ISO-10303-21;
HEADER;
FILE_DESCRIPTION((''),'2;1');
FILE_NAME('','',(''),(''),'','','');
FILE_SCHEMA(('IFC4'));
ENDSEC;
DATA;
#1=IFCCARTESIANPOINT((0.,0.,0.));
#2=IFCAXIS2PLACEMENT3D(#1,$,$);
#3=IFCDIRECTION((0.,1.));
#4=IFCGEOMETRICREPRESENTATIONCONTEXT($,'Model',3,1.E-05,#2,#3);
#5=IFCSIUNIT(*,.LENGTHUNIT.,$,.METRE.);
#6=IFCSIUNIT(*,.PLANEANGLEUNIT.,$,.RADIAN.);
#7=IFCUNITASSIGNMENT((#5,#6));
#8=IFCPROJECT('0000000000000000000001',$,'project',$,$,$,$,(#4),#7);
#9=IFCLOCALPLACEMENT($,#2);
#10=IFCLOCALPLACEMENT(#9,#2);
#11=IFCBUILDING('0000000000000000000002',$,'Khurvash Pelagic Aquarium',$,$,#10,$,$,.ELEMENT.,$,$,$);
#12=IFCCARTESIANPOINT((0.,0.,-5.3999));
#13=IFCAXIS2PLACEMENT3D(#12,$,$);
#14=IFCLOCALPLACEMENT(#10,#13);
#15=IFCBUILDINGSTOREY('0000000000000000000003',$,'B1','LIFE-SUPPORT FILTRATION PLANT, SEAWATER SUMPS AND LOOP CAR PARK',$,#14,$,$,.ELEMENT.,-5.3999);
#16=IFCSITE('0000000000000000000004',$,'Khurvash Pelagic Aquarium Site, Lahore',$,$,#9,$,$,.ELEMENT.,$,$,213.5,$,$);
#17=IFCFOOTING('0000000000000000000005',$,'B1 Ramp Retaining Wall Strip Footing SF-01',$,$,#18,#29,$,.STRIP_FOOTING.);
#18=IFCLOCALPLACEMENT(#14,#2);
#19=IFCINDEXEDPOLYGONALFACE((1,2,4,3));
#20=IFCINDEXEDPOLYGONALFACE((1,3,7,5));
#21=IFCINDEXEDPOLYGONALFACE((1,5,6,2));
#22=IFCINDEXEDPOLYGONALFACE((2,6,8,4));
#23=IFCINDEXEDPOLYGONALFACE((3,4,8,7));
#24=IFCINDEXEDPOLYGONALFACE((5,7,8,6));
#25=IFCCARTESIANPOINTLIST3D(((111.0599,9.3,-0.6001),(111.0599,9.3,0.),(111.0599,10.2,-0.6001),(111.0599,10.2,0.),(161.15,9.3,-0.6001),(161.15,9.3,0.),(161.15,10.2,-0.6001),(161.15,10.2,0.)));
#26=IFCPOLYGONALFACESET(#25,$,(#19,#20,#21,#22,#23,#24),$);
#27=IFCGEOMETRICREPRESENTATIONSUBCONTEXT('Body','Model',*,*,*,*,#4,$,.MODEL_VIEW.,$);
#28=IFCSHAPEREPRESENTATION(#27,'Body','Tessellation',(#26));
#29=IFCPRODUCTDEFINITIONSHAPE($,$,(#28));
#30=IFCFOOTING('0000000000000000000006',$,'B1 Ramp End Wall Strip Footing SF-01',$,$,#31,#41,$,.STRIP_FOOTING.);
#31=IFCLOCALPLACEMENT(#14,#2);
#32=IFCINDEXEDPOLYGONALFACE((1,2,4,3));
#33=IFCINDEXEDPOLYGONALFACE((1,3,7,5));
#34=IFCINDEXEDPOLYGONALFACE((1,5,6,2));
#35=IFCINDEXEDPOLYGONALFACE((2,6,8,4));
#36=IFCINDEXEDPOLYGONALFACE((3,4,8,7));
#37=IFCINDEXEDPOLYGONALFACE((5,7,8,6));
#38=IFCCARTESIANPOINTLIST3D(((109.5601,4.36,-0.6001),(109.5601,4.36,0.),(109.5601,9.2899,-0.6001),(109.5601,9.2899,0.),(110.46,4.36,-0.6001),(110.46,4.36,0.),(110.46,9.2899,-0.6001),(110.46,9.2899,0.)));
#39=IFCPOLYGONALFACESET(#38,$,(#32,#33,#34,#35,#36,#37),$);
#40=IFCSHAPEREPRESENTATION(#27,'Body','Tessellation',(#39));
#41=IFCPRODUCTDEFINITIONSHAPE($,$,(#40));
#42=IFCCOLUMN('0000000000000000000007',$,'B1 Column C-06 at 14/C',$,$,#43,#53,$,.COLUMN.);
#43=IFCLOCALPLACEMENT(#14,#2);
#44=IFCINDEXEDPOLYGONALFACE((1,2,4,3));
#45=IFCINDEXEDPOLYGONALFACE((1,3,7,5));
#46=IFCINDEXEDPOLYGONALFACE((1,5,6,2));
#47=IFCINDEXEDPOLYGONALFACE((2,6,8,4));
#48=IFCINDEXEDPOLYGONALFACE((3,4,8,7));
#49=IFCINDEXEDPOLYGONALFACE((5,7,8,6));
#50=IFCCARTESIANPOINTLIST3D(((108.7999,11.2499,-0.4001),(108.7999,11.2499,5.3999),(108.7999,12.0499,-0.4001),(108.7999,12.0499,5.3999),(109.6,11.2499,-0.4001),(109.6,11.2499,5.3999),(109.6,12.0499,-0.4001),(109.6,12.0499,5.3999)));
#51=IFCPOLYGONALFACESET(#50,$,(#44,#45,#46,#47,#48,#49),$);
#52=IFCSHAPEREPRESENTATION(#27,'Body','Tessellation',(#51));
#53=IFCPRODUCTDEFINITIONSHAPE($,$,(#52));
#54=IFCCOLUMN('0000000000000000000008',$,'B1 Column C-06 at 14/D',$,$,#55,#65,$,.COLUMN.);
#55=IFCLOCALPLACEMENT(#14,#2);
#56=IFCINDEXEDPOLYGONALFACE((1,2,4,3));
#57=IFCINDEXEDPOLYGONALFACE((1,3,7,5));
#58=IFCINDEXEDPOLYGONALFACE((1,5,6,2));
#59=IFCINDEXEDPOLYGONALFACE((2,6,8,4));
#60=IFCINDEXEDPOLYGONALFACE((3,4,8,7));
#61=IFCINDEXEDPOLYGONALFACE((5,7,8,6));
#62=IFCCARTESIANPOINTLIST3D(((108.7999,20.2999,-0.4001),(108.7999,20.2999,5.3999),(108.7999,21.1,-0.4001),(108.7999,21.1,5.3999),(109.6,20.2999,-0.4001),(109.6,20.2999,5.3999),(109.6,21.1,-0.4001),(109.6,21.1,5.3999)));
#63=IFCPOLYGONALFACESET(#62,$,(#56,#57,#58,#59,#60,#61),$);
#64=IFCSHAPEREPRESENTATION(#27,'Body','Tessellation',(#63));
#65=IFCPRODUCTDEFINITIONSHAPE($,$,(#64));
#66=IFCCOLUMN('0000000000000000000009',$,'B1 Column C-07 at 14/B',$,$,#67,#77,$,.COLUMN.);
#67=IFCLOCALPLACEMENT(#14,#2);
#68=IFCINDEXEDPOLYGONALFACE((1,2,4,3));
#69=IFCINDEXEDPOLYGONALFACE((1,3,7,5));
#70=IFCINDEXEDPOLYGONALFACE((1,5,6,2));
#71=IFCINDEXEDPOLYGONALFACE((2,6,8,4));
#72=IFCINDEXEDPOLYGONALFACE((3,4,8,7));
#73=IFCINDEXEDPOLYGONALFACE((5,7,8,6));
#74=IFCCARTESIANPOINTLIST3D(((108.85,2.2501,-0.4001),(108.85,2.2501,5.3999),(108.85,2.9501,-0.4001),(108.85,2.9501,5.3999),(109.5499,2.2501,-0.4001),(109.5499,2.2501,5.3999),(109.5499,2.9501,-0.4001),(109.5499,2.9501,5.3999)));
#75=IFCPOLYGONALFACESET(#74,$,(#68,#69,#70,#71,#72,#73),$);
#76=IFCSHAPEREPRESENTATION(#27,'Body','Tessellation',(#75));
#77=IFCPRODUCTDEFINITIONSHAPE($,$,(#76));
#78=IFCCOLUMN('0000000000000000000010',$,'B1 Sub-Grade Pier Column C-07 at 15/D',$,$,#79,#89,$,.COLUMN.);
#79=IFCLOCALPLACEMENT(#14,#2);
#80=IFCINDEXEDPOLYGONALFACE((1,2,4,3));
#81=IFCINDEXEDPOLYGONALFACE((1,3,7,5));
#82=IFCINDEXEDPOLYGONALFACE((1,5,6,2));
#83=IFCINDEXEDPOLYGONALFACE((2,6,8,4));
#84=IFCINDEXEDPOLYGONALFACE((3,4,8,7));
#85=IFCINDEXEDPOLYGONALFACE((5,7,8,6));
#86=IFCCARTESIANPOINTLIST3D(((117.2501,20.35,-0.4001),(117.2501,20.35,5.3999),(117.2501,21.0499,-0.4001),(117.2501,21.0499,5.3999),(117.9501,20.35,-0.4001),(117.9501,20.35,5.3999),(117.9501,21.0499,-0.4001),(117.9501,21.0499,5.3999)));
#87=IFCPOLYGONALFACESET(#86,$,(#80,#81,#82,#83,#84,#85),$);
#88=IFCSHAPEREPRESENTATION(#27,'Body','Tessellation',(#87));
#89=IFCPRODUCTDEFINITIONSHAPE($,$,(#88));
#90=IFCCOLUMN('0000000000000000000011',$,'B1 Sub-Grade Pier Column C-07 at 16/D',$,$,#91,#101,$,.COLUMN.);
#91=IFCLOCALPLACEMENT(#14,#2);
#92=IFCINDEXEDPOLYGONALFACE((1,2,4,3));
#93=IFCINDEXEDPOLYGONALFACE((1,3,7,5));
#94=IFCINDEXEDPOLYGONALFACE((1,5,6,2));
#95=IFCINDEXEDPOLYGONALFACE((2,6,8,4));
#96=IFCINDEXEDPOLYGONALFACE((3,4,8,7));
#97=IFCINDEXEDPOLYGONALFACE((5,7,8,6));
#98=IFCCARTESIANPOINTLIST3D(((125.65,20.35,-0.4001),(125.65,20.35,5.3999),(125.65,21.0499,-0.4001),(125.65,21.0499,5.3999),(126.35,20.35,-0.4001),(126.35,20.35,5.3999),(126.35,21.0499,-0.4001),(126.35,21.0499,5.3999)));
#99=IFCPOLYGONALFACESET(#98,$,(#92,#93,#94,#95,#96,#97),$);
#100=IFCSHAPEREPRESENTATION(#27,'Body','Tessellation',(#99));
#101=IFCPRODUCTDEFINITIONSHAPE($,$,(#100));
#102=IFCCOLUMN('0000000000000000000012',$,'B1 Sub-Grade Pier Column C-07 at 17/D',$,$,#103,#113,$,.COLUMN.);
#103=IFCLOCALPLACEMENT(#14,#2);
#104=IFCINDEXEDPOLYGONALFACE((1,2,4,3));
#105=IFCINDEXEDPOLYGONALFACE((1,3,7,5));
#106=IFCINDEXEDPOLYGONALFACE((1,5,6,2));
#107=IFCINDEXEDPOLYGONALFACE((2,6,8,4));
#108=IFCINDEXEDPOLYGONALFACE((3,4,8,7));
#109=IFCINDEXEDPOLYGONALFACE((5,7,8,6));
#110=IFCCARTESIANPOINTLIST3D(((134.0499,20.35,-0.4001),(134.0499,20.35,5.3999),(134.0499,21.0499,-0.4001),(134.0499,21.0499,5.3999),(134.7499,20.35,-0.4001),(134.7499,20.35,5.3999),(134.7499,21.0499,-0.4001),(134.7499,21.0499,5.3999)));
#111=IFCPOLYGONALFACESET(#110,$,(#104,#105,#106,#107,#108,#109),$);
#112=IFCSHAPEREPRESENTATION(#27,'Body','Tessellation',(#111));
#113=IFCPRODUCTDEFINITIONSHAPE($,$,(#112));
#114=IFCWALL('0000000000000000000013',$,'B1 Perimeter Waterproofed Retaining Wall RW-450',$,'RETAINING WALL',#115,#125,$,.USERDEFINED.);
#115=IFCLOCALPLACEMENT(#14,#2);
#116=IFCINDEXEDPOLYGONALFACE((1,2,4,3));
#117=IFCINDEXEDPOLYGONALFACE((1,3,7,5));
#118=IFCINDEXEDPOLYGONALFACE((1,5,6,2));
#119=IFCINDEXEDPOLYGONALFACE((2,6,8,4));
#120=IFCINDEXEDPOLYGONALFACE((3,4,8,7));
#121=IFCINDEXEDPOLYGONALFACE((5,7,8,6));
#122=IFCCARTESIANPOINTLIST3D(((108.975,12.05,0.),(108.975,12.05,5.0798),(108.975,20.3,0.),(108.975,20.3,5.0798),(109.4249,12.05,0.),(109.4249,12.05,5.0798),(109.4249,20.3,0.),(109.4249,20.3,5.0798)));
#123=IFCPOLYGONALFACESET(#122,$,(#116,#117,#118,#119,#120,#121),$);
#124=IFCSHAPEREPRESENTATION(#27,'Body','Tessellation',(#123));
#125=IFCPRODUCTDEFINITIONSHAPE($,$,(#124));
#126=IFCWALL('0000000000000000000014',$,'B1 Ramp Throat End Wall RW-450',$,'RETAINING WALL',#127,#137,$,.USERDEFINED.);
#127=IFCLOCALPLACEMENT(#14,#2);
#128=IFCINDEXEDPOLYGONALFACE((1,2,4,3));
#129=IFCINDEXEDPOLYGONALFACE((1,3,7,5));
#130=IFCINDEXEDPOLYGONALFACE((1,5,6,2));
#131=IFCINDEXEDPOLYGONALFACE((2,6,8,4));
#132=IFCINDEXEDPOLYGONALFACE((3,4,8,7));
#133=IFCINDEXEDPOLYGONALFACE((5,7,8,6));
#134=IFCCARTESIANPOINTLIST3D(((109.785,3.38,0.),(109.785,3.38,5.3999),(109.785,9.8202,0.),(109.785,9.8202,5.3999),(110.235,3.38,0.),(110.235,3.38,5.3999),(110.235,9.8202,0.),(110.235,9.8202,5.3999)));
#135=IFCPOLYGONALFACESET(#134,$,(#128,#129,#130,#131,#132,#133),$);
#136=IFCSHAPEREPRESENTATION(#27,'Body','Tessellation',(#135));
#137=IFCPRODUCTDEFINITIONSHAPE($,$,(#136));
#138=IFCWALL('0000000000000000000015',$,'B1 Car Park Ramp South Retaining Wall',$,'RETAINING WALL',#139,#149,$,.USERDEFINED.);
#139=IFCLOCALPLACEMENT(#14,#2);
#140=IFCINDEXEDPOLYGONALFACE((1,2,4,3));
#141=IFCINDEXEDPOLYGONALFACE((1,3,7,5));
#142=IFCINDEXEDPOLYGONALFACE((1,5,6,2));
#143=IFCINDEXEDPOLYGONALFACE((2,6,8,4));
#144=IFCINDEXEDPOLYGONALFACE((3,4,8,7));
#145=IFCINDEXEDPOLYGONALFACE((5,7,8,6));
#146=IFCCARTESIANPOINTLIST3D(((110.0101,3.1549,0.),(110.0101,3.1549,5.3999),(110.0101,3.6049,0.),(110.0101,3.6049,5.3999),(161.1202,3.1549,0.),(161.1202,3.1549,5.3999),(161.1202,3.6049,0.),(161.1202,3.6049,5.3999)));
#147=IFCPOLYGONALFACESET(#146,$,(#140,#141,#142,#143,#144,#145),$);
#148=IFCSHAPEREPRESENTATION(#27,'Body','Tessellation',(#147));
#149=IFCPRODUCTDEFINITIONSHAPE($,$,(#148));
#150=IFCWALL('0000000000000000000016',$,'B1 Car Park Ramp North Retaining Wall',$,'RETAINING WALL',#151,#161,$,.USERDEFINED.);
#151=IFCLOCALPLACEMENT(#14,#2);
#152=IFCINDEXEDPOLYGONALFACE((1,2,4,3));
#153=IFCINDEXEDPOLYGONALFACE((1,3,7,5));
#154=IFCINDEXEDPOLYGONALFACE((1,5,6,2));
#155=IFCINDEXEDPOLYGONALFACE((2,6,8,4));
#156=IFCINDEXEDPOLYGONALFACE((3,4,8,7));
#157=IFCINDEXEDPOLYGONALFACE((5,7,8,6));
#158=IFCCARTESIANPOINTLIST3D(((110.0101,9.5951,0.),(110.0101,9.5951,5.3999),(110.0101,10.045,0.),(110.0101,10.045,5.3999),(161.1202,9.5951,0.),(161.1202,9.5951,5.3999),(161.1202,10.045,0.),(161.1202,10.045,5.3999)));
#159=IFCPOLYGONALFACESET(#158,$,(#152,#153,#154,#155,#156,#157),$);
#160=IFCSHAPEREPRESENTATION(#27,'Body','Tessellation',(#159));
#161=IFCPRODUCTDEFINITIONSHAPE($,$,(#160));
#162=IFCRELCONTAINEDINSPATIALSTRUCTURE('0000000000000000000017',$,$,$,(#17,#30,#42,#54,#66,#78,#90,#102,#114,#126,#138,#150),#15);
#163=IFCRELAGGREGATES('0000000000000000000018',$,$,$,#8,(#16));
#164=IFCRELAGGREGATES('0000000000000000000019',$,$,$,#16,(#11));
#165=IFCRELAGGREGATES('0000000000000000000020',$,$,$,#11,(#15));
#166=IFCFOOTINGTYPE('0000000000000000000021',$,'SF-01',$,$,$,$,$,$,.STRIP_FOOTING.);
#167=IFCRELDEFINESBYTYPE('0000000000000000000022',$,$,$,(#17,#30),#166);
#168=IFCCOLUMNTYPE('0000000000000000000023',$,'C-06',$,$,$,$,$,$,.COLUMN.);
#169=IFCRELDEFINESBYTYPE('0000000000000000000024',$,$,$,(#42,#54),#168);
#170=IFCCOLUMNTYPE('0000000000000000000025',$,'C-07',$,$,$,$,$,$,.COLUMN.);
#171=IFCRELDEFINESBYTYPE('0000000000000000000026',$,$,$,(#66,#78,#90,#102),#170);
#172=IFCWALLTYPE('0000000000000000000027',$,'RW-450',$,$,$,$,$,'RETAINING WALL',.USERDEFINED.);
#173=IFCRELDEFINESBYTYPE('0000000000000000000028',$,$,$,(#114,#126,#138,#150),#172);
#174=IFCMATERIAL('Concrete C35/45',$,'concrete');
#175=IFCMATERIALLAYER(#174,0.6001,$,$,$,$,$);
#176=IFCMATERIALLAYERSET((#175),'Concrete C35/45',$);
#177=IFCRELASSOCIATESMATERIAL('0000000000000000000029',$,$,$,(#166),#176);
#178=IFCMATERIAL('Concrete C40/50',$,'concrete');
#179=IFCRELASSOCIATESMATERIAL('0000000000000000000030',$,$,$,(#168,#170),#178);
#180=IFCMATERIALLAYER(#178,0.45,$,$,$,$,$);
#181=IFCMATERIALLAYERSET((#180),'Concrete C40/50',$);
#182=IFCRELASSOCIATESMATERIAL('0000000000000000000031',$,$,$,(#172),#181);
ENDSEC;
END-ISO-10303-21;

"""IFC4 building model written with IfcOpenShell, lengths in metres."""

from ifc_helpers import new_model, si_unit, direction, frame, frame_2d, origin, origin_2d, place, context, subcontext, project, spatial, rectangle, extrude, material, layer, layer_set, material_profile, profile_set, type_object, element, save


model = new_model("IFC4")

# Units and contexts
model_context = context("Model", 3, precision=1e-05, world=origin(), true_north=direction((0.0, 1.0)))
body_context = subcontext(model_context, "Body", "Model", "MODEL_VIEW")
ifc_project = project(units=[si_unit("LENGTHUNIT", "METRE"), si_unit("PLANEANGLEUNIT", "RADIAN")], contexts=[model_context])

# Site, building, storey
site_placement = place(None, origin())
site = spatial("IfcSite", under=ifc_project, at=site_placement, Name="Khurvash Pelagic Aquarium Site, Lahore", CompositionType="ELEMENT", RefElevation=213.5)
building_placement = place(site_placement, origin())
building = spatial("IfcBuilding", under=site, at=building_placement, Name="Khurvash Pelagic Aquarium", CompositionType="ELEMENT")
storey_placement = place(building_placement, frame((0.0, 0.0, -5.3999)))
storey = spatial("IfcBuildingStorey", under=building, at=storey_placement, Name="B1", Description="LIFE-SUPPORT FILTRATION PLANT, SEAWATER SUMPS AND LOOP CAR PARK", CompositionType="ELEMENT", Elevation=-5.3999)

# Shared definitions
ifc_material_1 = material(Name="Concrete C35/45", Category="concrete")

# Footings
ifc_layer_1 = layer(ifc_material_1, 0.6001)
ifc_layer_set_1 = layer_set([ifc_layer_1], Name="Concrete C35/45")
footing_type_1 = type_object("IfcFootingType", Name="SF-01", PredefinedType="STRIP_FOOTING", material=ifc_layer_set_1)
footing_1_placement = place(storey_placement, frame((136.105, 9.75, -0.6001), z_axis=(0.0, 0.0, 1.0), x_axis=(1.0, 0.0, 0.0)))
element("IfcFooting", 1, at=footing_1_placement, inside=storey, type_object=footing_type_1, Name="B1 Ramp Retaining Wall Strip Footing SF-01", PredefinedType="STRIP_FOOTING", context=body_context, shape_type="SweptSolid", body=[
    extrude(rectangle(XDim=50.0901, YDim=0.8999, at=origin_2d()), origin(), (0.0, 0.0, 1.0), 0.6001),
])
footing_2_placement = place(storey_placement, frame((110.01, 6.825, -0.6001), z_axis=(0.0, 0.0, 1.0), x_axis=(0.0, 1.0, 0.0)))
element("IfcFooting", 2, at=footing_2_placement, inside=storey, type_object=footing_type_1, Name="B1 Ramp End Wall Strip Footing SF-01", PredefinedType="STRIP_FOOTING", context=body_context, shape_type="SweptSolid", body=[
    extrude(rectangle(XDim=4.9299, YDim=0.8999, at=origin_2d()), origin(), (0.0, 0.0, 1.0), 0.6001),
])

# Columns
ifc_material_2 = material(Name="Concrete C40/50", Category="concrete")
ifc_material_profile_1 = material_profile(ifc_material_2, rectangle(XDim=0.8, YDim=0.8, at=origin_2d()), Name="RC800X800")
ifc_profile_set_1 = profile_set([ifc_material_profile_1], Name="Concrete C40/50")
column_type_1 = type_object("IfcColumnType", Name="C-06", PredefinedType="COLUMN", material=ifc_profile_set_1)
for number, where, z_axis, x_axis, name in (
    (3, (109.2, 11.6499, -0.4001), (0.0, 0.0, 1.0), (1.0, 0.0, 0.0), "B1 Column C-06 at 14/C"),
    (4, (109.2, 20.7, -0.4001), (0.0, 0.0, 1.0), (1.0, 0.0, 0.0), "B1 Column C-06 at 14/D"),
):
    element("IfcColumn", number, at=place(storey_placement, frame(where, z_axis=z_axis, x_axis=x_axis)), inside=storey, type_object=column_type_1, Name=name, PredefinedType="COLUMN", context=body_context, shape_type="SweptSolid", body=[
        extrude(rectangle(XDim=0.8, YDim=0.8, at=origin_2d()), origin(), (0.0, 0.0, 1.0), 5.8),
    ])
ifc_material_profile_2 = material_profile(ifc_material_2, rectangle(XDim=0.7, YDim=0.7, at=origin_2d()), Name="RC700X700")
ifc_profile_set_2 = profile_set([ifc_material_profile_2], Name="Concrete C40/50")
column_type_2 = type_object("IfcColumnType", Name="C-07", PredefinedType="COLUMN", material=ifc_profile_set_2)
for number, where, z_axis, x_axis, name in (
    (5, (109.2, 2.6001, -0.4001), (0.0, 0.0, 1.0), (1.0, 0.0, 0.0), "B1 Column C-07 at 14/B"),
    (6, (117.6001, 20.7, -0.4001), (0.0, 0.0, 1.0), (1.0, 0.0, 0.0), "B1 Sub-Grade Pier Column C-07 at 15/D"),
    (7, (126.0, 20.7, -0.4001), (0.0, 0.0, 1.0), (1.0, 0.0, 0.0), "B1 Sub-Grade Pier Column C-07 at 16/D"),
    (8, (134.3999, 20.7, -0.4001), (0.0, 0.0, 1.0), (1.0, 0.0, 0.0), "B1 Sub-Grade Pier Column C-07 at 17/D"),
):
    element("IfcColumn", number, at=place(storey_placement, frame(where, z_axis=z_axis, x_axis=x_axis)), inside=storey, type_object=column_type_2, Name=name, PredefinedType="COLUMN", context=body_context, shape_type="SweptSolid", body=[
        extrude(rectangle(XDim=0.7, YDim=0.7, at=origin_2d()), origin(), (0.0, 0.0, 1.0), 5.8),
    ])

# Walls
ifc_layer_2 = layer(ifc_material_2, 0.45)
ifc_layer_set_2 = layer_set([ifc_layer_2], Name="Concrete C40/50")
wall_type = type_object("IfcWallType", Name="RW-450", ElementType="RETAINING WALL", PredefinedType="USERDEFINED", material=ifc_layer_set_2)
wall_1_placement = place(storey_placement, frame((109.2, 20.3, 0.0), z_axis=(0.0, 0.0, 1.0), x_axis=(0.0, -1.0, 0.0)))
element("IfcWall", 9, at=wall_1_placement, inside=storey, type_object=wall_type, Name="B1 Perimeter Waterproofed Retaining Wall RW-450", ObjectType="RETAINING WALL", PredefinedType="USERDEFINED", context=body_context, shape_type="SweptSolid", body=[
    extrude(rectangle(XDim=8.25, YDim=0.45, at=frame_2d((4.125, 0.0))), origin(), (0.0, 0.0, 1.0), 5.0798),
])
wall_2_placement = place(storey_placement, frame((110.01, 3.3799, 0.0), z_axis=(0.0, 0.0, 1.0), x_axis=(0.0, 1.0, 0.0)))
element("IfcWall", 10, at=wall_2_placement, inside=storey, type_object=wall_type, Name="B1 Ramp Throat End Wall RW-450", ObjectType="RETAINING WALL", PredefinedType="USERDEFINED", context=body_context, shape_type="SweptSolid", body=[
    extrude(rectangle(XDim=6.4402, YDim=0.45, at=frame_2d((3.2202, 0.0))), origin(), (0.0, 0.0, 1.0), 5.3999),
])
for number, where, z_axis, x_axis, name in (
    (11, (110.01, 3.3799, 0.0), (0.0, 0.0, 1.0), (1.0, 0.0, 0.0), "B1 Car Park Ramp South Retaining Wall"),
    (12, (110.01, 9.8201, 0.0), (0.0, 0.0, 1.0), (1.0, 0.0, 0.0), "B1 Car Park Ramp North Retaining Wall"),
):
    element("IfcWall", number, at=place(storey_placement, frame(where, z_axis=z_axis, x_axis=x_axis)), inside=storey, type_object=wall_type, Name=name, ObjectType="RETAINING WALL", PredefinedType="USERDEFINED", context=body_context, shape_type="SweptSolid", body=[
        extrude(rectangle(XDim=51.1101, YDim=0.45, at=frame_2d((25.5552, 0.0))), origin(), (0.0, 0.0, 1.0), 5.3999),
    ])

save(model, "model.ifc")
